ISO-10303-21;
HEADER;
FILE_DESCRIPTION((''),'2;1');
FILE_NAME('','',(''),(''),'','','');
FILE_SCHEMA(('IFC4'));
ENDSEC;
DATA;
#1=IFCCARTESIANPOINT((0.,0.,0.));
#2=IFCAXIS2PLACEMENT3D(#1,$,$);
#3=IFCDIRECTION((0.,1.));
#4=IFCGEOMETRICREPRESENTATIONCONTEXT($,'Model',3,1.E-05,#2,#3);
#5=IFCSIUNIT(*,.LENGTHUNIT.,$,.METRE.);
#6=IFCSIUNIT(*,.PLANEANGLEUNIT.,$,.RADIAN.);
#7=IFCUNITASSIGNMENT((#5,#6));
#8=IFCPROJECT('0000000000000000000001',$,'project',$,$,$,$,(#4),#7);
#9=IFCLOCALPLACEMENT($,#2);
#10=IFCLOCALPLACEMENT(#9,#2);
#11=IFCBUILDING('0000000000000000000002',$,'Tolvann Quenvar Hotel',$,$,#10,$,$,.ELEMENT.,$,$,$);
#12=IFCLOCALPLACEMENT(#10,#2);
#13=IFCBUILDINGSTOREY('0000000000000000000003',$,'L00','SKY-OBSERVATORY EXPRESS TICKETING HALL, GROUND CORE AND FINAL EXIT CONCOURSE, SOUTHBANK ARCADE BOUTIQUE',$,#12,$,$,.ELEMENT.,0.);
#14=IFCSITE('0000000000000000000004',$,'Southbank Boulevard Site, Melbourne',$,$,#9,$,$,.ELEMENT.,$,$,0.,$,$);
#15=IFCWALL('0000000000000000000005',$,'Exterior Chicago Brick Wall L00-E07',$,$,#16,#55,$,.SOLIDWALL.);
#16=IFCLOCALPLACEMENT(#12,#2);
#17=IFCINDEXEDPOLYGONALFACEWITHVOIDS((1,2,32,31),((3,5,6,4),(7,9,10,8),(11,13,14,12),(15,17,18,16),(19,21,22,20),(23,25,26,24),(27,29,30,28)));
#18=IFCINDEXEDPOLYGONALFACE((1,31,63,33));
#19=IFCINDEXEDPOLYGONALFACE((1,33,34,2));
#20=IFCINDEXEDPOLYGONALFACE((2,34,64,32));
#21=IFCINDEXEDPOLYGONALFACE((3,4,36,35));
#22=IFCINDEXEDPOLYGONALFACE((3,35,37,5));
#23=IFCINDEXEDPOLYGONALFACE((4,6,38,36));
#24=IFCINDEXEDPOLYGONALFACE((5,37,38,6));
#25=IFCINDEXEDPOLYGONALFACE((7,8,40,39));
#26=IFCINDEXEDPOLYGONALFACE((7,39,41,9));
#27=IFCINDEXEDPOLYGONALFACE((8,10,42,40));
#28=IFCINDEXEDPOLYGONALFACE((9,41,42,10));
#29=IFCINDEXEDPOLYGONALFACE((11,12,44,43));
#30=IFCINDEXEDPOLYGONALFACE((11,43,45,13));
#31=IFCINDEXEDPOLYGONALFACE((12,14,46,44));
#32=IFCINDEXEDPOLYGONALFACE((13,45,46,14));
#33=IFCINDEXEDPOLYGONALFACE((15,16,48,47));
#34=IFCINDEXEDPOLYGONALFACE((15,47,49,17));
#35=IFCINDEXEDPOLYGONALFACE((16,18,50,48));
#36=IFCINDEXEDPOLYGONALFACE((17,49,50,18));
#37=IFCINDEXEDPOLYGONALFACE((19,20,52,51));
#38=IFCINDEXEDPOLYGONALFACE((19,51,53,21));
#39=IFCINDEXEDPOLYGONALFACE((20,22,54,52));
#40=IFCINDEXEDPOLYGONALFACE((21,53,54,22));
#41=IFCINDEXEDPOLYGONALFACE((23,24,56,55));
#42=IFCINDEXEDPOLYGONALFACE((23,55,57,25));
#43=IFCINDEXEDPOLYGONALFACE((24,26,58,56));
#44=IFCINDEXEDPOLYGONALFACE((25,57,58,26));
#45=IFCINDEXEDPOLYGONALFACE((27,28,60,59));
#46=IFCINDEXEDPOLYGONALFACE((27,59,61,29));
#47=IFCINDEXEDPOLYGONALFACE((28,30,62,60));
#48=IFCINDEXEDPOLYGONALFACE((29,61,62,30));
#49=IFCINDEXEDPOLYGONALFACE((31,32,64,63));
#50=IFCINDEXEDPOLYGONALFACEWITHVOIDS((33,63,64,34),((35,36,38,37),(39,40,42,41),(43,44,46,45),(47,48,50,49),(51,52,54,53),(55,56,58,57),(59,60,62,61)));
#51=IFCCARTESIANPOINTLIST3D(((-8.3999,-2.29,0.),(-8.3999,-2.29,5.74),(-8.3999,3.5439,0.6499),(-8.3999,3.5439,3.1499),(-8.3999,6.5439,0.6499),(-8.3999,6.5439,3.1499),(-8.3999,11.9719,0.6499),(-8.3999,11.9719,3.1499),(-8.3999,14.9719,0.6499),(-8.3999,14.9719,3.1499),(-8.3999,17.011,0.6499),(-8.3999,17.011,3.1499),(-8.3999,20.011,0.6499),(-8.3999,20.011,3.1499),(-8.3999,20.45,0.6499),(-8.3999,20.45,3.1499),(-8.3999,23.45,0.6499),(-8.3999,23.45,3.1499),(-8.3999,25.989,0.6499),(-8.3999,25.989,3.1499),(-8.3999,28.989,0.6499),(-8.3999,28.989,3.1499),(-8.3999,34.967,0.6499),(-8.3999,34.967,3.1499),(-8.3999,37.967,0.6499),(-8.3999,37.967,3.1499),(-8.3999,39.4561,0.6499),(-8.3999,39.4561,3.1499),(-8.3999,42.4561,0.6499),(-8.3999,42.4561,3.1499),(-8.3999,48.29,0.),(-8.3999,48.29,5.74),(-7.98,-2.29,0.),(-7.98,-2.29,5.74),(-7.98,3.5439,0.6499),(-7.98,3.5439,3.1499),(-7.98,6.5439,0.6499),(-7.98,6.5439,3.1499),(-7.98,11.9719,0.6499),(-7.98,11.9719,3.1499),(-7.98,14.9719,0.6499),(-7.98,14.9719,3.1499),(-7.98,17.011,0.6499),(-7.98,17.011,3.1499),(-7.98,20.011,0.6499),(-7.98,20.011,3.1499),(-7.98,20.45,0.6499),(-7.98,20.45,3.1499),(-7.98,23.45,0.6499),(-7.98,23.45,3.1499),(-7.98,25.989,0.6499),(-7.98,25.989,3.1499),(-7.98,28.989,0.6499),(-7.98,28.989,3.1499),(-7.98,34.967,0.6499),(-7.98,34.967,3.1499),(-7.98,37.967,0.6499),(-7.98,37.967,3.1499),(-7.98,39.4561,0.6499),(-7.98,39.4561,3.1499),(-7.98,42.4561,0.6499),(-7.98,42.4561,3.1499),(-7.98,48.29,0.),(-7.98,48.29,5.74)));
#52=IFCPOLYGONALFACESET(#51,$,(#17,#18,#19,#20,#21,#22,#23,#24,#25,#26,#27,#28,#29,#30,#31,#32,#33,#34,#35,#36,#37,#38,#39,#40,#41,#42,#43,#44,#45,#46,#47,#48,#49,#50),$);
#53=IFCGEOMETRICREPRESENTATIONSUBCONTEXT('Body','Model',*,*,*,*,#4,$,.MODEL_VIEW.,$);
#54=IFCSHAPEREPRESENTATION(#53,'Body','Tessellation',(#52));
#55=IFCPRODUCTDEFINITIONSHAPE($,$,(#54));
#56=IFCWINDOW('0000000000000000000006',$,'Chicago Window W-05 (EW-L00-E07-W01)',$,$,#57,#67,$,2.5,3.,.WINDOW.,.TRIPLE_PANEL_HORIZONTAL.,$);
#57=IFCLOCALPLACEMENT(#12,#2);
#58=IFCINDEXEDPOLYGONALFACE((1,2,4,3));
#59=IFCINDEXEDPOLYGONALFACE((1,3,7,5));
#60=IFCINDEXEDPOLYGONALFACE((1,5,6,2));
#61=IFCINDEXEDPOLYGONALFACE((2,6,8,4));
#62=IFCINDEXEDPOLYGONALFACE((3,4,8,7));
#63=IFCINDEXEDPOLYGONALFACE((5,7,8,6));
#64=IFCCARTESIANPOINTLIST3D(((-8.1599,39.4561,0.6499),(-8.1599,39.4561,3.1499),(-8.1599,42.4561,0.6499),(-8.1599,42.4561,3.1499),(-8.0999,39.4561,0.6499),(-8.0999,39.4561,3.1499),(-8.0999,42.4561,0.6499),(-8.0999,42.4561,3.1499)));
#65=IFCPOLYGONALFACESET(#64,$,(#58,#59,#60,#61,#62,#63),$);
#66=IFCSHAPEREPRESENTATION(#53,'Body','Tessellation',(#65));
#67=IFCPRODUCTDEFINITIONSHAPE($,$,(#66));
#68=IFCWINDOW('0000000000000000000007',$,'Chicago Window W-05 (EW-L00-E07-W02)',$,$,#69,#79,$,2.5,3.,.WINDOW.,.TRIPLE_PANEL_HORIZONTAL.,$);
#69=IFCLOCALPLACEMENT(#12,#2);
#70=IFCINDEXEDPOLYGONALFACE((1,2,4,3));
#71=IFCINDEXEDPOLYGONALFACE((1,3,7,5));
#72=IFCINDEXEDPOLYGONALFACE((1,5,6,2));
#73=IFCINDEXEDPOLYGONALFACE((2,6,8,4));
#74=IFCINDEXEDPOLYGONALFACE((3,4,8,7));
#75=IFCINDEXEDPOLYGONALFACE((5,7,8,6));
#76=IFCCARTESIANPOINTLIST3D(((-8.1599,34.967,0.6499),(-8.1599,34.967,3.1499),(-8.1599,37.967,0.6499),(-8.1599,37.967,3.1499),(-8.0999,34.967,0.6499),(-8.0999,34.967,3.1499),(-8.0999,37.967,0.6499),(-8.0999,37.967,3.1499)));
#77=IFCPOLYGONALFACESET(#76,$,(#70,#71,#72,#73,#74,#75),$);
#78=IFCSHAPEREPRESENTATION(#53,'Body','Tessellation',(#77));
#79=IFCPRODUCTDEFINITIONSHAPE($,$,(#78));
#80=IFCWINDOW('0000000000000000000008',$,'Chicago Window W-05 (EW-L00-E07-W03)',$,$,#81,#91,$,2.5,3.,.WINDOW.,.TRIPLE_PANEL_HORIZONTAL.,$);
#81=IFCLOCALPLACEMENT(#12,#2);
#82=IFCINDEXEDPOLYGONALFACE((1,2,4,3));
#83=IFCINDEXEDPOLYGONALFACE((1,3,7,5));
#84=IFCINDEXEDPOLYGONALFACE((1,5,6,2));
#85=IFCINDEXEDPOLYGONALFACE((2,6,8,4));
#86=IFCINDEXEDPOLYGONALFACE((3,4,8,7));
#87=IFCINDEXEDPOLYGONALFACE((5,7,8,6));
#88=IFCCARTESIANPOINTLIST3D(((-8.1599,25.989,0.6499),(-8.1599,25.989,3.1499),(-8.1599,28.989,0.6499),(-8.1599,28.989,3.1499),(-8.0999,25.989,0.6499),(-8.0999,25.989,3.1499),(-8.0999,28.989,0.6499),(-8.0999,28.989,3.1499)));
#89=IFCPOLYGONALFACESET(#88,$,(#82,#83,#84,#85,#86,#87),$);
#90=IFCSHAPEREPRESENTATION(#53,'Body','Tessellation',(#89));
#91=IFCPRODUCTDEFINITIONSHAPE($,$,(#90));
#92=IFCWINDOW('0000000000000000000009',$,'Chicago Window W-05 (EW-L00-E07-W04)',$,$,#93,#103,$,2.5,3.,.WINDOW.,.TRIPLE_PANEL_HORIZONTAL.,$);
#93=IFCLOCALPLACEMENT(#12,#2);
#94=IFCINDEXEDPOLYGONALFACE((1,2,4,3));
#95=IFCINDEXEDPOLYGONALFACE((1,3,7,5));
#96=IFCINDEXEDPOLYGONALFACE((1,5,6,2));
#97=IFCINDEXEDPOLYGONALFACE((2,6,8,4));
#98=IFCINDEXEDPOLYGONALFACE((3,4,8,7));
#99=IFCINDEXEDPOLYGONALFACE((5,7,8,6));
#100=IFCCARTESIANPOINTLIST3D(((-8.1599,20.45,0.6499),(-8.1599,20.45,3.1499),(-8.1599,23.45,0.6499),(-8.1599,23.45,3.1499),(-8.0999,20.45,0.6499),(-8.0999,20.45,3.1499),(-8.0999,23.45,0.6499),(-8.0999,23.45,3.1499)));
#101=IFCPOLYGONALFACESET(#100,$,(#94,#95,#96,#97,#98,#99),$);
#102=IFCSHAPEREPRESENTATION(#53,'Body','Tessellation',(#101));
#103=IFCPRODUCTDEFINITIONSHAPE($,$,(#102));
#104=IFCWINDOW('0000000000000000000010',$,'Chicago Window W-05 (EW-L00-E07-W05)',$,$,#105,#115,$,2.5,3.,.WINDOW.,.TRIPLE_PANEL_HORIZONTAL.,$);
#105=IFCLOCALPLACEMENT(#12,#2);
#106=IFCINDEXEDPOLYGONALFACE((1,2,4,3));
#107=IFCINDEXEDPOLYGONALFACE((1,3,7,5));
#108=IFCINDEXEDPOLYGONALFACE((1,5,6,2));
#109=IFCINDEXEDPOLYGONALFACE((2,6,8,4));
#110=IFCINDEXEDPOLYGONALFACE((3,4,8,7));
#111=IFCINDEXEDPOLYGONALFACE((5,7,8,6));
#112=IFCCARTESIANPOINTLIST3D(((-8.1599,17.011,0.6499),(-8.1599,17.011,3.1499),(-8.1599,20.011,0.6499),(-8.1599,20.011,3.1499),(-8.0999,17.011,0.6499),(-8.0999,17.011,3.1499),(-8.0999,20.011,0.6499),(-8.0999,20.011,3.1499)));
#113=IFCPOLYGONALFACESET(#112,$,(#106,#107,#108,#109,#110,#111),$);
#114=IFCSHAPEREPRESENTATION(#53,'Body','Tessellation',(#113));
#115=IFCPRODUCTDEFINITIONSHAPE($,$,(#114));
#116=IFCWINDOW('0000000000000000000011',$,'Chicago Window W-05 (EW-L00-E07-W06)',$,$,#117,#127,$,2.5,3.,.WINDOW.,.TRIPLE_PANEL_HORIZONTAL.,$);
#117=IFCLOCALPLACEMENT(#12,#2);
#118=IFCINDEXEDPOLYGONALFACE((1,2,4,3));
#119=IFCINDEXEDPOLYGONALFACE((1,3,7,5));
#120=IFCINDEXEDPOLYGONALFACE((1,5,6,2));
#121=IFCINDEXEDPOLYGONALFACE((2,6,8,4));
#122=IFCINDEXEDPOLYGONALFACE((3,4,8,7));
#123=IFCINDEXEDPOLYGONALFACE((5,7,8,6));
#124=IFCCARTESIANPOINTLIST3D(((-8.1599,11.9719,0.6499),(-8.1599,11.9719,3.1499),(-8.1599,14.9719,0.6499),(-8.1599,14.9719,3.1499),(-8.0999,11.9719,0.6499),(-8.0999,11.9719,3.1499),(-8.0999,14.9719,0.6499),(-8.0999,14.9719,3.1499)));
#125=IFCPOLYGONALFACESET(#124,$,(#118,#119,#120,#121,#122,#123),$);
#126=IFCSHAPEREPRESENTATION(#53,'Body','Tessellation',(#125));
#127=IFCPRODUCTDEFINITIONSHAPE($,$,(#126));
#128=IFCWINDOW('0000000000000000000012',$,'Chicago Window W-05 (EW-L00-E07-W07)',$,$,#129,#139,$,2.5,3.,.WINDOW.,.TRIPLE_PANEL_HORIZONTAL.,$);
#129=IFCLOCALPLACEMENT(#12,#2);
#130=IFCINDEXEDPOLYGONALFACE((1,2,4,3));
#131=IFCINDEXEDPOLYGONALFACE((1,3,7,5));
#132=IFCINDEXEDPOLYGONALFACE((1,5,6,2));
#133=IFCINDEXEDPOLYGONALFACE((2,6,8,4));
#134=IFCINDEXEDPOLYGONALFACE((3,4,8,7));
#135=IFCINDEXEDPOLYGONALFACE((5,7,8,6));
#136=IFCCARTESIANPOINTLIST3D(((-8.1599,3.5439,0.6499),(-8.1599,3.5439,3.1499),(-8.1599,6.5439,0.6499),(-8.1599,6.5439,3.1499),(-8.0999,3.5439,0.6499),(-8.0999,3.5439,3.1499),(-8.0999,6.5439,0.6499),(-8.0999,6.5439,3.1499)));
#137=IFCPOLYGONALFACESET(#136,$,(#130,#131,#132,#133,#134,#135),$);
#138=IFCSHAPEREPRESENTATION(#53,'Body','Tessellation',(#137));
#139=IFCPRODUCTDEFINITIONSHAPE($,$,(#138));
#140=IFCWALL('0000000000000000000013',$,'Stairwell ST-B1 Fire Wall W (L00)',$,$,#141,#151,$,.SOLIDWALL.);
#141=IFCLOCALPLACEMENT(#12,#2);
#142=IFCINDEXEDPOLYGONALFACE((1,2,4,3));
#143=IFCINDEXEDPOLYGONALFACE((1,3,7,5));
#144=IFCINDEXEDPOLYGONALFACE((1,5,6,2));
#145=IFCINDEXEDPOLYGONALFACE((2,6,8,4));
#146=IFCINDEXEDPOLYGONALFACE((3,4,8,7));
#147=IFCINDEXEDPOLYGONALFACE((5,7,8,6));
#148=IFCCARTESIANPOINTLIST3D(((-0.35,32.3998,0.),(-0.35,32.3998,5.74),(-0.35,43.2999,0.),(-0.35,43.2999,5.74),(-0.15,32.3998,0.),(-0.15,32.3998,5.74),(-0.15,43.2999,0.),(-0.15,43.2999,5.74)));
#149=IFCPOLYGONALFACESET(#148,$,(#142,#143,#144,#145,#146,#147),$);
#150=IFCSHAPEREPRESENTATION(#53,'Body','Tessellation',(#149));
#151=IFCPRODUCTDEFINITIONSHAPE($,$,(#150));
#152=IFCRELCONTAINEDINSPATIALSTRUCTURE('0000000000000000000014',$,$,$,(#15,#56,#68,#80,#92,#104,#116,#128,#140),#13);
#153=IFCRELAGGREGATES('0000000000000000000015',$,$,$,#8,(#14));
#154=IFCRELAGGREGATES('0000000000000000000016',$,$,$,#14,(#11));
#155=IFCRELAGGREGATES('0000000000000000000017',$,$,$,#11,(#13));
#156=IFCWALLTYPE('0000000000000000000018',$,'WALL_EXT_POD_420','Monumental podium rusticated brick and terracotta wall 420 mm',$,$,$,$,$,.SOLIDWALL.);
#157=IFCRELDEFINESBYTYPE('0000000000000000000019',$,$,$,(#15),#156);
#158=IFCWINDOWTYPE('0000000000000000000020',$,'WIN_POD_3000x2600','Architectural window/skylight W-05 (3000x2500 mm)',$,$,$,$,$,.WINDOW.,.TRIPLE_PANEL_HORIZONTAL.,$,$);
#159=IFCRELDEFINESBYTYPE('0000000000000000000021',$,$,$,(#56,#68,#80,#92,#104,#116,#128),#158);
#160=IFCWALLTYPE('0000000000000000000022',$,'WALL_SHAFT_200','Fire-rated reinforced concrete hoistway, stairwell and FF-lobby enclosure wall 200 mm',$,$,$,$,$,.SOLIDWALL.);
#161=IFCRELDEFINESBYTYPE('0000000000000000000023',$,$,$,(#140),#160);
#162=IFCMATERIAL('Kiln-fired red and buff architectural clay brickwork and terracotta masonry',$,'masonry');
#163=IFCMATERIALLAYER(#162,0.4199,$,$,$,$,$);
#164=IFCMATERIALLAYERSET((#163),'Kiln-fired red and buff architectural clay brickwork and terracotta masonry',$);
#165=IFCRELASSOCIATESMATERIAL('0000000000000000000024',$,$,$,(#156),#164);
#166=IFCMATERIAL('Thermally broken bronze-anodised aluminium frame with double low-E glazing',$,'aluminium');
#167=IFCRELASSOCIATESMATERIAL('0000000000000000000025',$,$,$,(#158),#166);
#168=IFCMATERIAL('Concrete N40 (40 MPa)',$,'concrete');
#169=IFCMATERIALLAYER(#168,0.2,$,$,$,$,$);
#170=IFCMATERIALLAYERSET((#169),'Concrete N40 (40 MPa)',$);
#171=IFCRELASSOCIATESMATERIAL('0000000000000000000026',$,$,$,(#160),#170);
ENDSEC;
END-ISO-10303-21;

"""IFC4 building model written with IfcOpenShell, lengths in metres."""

from ifc_helpers import new_model, si_unit, direction, frame, frame_2d, origin, place, context, subcontext, project, spatial, rectangle, extrude, source, transform, mapped, material, layer, layer_set, type_object, type_shapes, element, fill, save


model = new_model("IFC4")

# Units and contexts
model_context = context("Model", 3, precision=1e-05, world=origin(), true_north=direction((0.0, 1.0)))
body_context = subcontext(model_context, "Body", "Model", "MODEL_VIEW")
ifc_project = project(units=[si_unit("LENGTHUNIT", "METRE"), si_unit("PLANEANGLEUNIT", "RADIAN")], contexts=[model_context])

# Site, building, storey
site_placement = place(None, origin())
site = spatial("IfcSite", under=ifc_project, at=site_placement, Name="Southbank Boulevard Site, Melbourne", CompositionType="ELEMENT", RefElevation=0.0)
building_placement = place(site_placement, origin())
building = spatial("IfcBuilding", under=site, at=building_placement, Name="Tolvann Quenvar Hotel", CompositionType="ELEMENT")
storey_placement = place(building_placement, origin())
storey = spatial("IfcBuildingStorey", under=building, at=storey_placement, Name="L00", Description="SKY-OBSERVATORY EXPRESS TICKETING HALL, GROUND CORE AND FINAL EXIT CONCOURSE, SOUTHBANK ARCADE BOUTIQUE", CompositionType="ELEMENT", Elevation=0.0)

# Wall, openings, windows
ifc_material_1 = material(Name="Kiln-fired red and buff architectural clay brickwork and terracotta masonry", Category="masonry")
ifc_layer_1 = layer(ifc_material_1, 0.4199)
ifc_layer_set_1 = layer_set([ifc_layer_1], Name="Kiln-fired red and buff architectural clay brickwork and terracotta masonry")
wall_type_1 = type_object("IfcWallType", Name="WALL_EXT_POD_420", Description="Monumental podium rusticated brick and terracotta wall 420 mm", PredefinedType="SOLIDWALL", material=ifc_layer_set_1)
wall_1_placement = place(storey_placement, frame((-8.1899, 48.29, 0.0), z_axis=(0.0, 0.0, 1.0), x_axis=(0.0, -1.0, 0.0)))
wall_1 = element("IfcWall", 1, at=wall_1_placement, inside=storey, type_object=wall_type_1, Name="Exterior Chicago Brick Wall L00-E07", PredefinedType="SOLIDWALL", context=body_context, shape_type="SweptSolid", body=[
    extrude(rectangle(XDim=50.5801, YDim=0.4199, at=frame_2d((25.29, 0.0))), origin(), (0.0, 0.0, 1.0), 5.74),
])
opening_1_placement = place(wall_1_placement, frame((5.834, 0.0, 0.6499)))
opening_1 = element("IfcOpeningElement", 2, at=opening_1_placement, cuts=wall_1, PredefinedType="OPENING", context=body_context, shape_type="SweptSolid", body=[
    extrude(rectangle(XDim=3.0, YDim=2.5, at=frame_2d((1.5, 1.25))), frame((0.0, 0.22, 0.0), z_axis=(0.0, -1.0, 0.0), x_axis=(1.0, 0.0, 0.0)), (0.0, 0.0, 1.0), 0.4399),
])
opening_2_placement = place(wall_1_placement, frame((10.323, 0.0, 0.6499)))
opening_2 = element("IfcOpeningElement", 3, at=opening_2_placement, cuts=wall_1, PredefinedType="OPENING", context=body_context, shape_type="SweptSolid", body=[
    extrude(rectangle(XDim=3.0, YDim=2.5, at=frame_2d((1.5, 1.25))), frame((0.0, 0.22, 0.0), z_axis=(0.0, -1.0, 0.0), x_axis=(1.0, 0.0, 0.0)), (0.0, 0.0, 1.0), 0.4399),
])
opening_3_placement = place(wall_1_placement, frame((19.301, 0.0, 0.6499)))
opening_3 = element("IfcOpeningElement", 4, at=opening_3_placement, cuts=wall_1, PredefinedType="OPENING", context=body_context, shape_type="SweptSolid", body=[
    extrude(rectangle(XDim=3.0, YDim=2.5, at=frame_2d((1.5, 1.25))), frame((0.0, 0.22, 0.0), z_axis=(0.0, -1.0, 0.0), x_axis=(1.0, 0.0, 0.0)), (0.0, 0.0, 1.0), 0.4399),
])
opening_4_placement = place(wall_1_placement, frame((24.8401, 0.0, 0.6499)))
opening_4 = element("IfcOpeningElement", 5, at=opening_4_placement, cuts=wall_1, PredefinedType="OPENING", context=body_context, shape_type="SweptSolid", body=[
    extrude(rectangle(XDim=3.0, YDim=2.5, at=frame_2d((1.5, 1.25))), frame((0.0, 0.22, 0.0), z_axis=(0.0, -1.0, 0.0), x_axis=(1.0, 0.0, 0.0)), (0.0, 0.0, 1.0), 0.4399),
])
opening_5_placement = place(wall_1_placement, frame((28.2791, 0.0, 0.6499)))
opening_5 = element("IfcOpeningElement", 6, at=opening_5_placement, cuts=wall_1, PredefinedType="OPENING", context=body_context, shape_type="SweptSolid", body=[
    extrude(rectangle(XDim=3.0, YDim=2.5, at=frame_2d((1.5, 1.25))), frame((0.0, 0.22, 0.0), z_axis=(0.0, -1.0, 0.0), x_axis=(1.0, 0.0, 0.0)), (0.0, 0.0, 1.0), 0.4399),
])
opening_6_placement = place(wall_1_placement, frame((33.3181, 0.0, 0.6499)))
opening_6 = element("IfcOpeningElement", 7, at=opening_6_placement, cuts=wall_1, PredefinedType="OPENING", context=body_context, shape_type="SweptSolid", body=[
    extrude(rectangle(XDim=3.0, YDim=2.5, at=frame_2d((1.5, 1.25))), frame((0.0, 0.22, 0.0), z_axis=(0.0, -1.0, 0.0), x_axis=(1.0, 0.0, 0.0)), (0.0, 0.0, 1.0), 0.4399),
])
opening_7_placement = place(wall_1_placement, frame((41.7461, 0.0, 0.6499)))
opening_7 = element("IfcOpeningElement", 8, at=opening_7_placement, cuts=wall_1, PredefinedType="OPENING", context=body_context, shape_type="SweptSolid", body=[
    extrude(rectangle(XDim=3.0, YDim=2.5, at=frame_2d((1.5, 1.25))), frame((0.0, 0.22, 0.0), z_axis=(0.0, -1.0, 0.0), x_axis=(1.0, 0.0, 0.0)), (0.0, 0.0, 1.0), 0.4399),
])
ifc_material_2 = material(Name="Thermally broken bronze-anodised aluminium frame with double low-E glazing", Category="aluminium")
window_type = type_object("IfcWindowType", Name="WIN_POD_3000x2600", Description="Architectural window/skylight W-05 (3000x2500 mm)", PartitioningType="TRIPLE_PANEL_HORIZONTAL", PredefinedType="WINDOW", material=ifc_material_2)
shared_shape_1 = source(origin(), body_context, "Body", "SweptSolid", [
    extrude(rectangle(XDim=3.0, YDim=2.5, at=frame_2d((1.5, 1.25))), frame((0.0, 0.0901, 0.0), z_axis=(0.0, -1.0, 0.0), x_axis=(1.0, 0.0, 0.0)), (0.0, 0.0, 1.0), 0.0601),
])
type_shapes(window_type, [shared_shape_1])
window_1_placement = place(opening_1_placement, origin())
window_1 = element("IfcWindow", 9, at=window_1_placement, inside=storey, type_object=window_type, Name="Chicago Window W-05 (EW-L00-E07-W01)", OverallHeight=2.5, OverallWidth=3.0, PartitioningType="TRIPLE_PANEL_HORIZONTAL", PredefinedType="WINDOW", context=body_context, shape_type="MappedRepresentation", body=[
    mapped(shared_shape_1, transform((0.0, 0.0, 0.0), x_axis=(1.0, 0.0, 0.0), y_axis=(0.0, 1.0, 0.0), z_axis=(0.0, 0.0, 1.0), scale=1.0)),
])
fill(opening_1, window_1)
window_2_placement = place(opening_2_placement, origin())
window_2 = element("IfcWindow", 10, at=window_2_placement, inside=storey, type_object=window_type, Name="Chicago Window W-05 (EW-L00-E07-W02)", OverallHeight=2.5, OverallWidth=3.0, PartitioningType="TRIPLE_PANEL_HORIZONTAL", PredefinedType="WINDOW", context=body_context, shape_type="MappedRepresentation", body=[
    mapped(shared_shape_1, transform((0.0, 0.0, 0.0), x_axis=(1.0, 0.0, 0.0), y_axis=(0.0, 1.0, 0.0), z_axis=(0.0, 0.0, 1.0), scale=1.0)),
])
fill(opening_2, window_2)
window_3_placement = place(opening_3_placement, origin())
window_3 = element("IfcWindow", 11, at=window_3_placement, inside=storey, type_object=window_type, Name="Chicago Window W-05 (EW-L00-E07-W03)", OverallHeight=2.5, OverallWidth=3.0, PartitioningType="TRIPLE_PANEL_HORIZONTAL", PredefinedType="WINDOW", context=body_context, shape_type="MappedRepresentation", body=[
    mapped(shared_shape_1, transform((0.0, 0.0, 0.0), x_axis=(1.0, 0.0, 0.0), y_axis=(0.0, 1.0, 0.0), z_axis=(0.0, 0.0, 1.0), scale=1.0)),
])
fill(opening_3, window_3)
window_4_placement = place(opening_4_placement, origin())
window_4 = element("IfcWindow", 12, at=window_4_placement, inside=storey, type_object=window_type, Name="Chicago Window W-05 (EW-L00-E07-W04)", OverallHeight=2.5, OverallWidth=3.0, PartitioningType="TRIPLE_PANEL_HORIZONTAL", PredefinedType="WINDOW", context=body_context, shape_type="MappedRepresentation", body=[
    mapped(shared_shape_1, transform((0.0, 0.0, 0.0), x_axis=(1.0, 0.0, 0.0), y_axis=(0.0, 1.0, 0.0), z_axis=(0.0, 0.0, 1.0), scale=1.0)),
])
fill(opening_4, window_4)
window_5_placement = place(opening_5_placement, origin())
window_5 = element("IfcWindow", 13, at=window_5_placement, inside=storey, type_object=window_type, Name="Chicago Window W-05 (EW-L00-E07-W05)", OverallHeight=2.5, OverallWidth=3.0, PartitioningType="TRIPLE_PANEL_HORIZONTAL", PredefinedType="WINDOW", context=body_context, shape_type="MappedRepresentation", body=[
    mapped(shared_shape_1, transform((0.0, 0.0, 0.0), x_axis=(1.0, 0.0, 0.0), y_axis=(0.0, 1.0, 0.0), z_axis=(0.0, 0.0, 1.0), scale=1.0)),
])
fill(opening_5, window_5)
window_6_placement = place(opening_6_placement, origin())
window_6 = element("IfcWindow", 14, at=window_6_placement, inside=storey, type_object=window_type, Name="Chicago Window W-05 (EW-L00-E07-W06)", OverallHeight=2.5, OverallWidth=3.0, PartitioningType="TRIPLE_PANEL_HORIZONTAL", PredefinedType="WINDOW", context=body_context, shape_type="MappedRepresentation", body=[
    mapped(shared_shape_1, transform((0.0, 0.0, 0.0), x_axis=(1.0, 0.0, 0.0), y_axis=(0.0, 1.0, 0.0), z_axis=(0.0, 0.0, 1.0), scale=1.0)),
])
fill(opening_6, window_6)
window_7_placement = place(opening_7_placement, origin())
window_7 = element("IfcWindow", 15, at=window_7_placement, inside=storey, type_object=window_type, Name="Chicago Window W-05 (EW-L00-E07-W07)", OverallHeight=2.5, OverallWidth=3.0, PartitioningType="TRIPLE_PANEL_HORIZONTAL", PredefinedType="WINDOW", context=body_context, shape_type="MappedRepresentation", body=[
    mapped(shared_shape_1, transform((0.0, 0.0, 0.0), x_axis=(1.0, 0.0, 0.0), y_axis=(0.0, 1.0, 0.0), z_axis=(0.0, 0.0, 1.0), scale=1.0)),
])
fill(opening_7, window_7)

# Wall
ifc_material_3 = material(Name="Concrete N40 (40 MPa)", Category="concrete")
ifc_layer_2 = layer(ifc_material_3, 0.2)
ifc_layer_set_2 = layer_set([ifc_layer_2], Name="Concrete N40 (40 MPa)")
wall_type_2 = type_object("IfcWallType", Name="WALL_SHAFT_200", Description="Fire-rated reinforced concrete hoistway, stairwell and FF-lobby enclosure wall 200 mm", PredefinedType="SOLIDWALL", material=ifc_layer_set_2)
wall_2_placement = place(storey_placement, frame((-0.25, 43.3, 0.0), z_axis=(0.0, 0.0, 1.0), x_axis=(0.0, -1.0, 0.0)))
element("IfcWall", 16, at=wall_2_placement, inside=storey, type_object=wall_type_2, Name="Stairwell ST-B1 Fire Wall W (L00)", PredefinedType="SOLIDWALL", context=body_context, shape_type="SweptSolid", body=[
    extrude(rectangle(XDim=10.9001, YDim=0.2, at=frame_2d((5.4502, 0.0))), origin(), (0.0, 0.0, 1.0), 5.74),
])

save(model, "model.ifc")
